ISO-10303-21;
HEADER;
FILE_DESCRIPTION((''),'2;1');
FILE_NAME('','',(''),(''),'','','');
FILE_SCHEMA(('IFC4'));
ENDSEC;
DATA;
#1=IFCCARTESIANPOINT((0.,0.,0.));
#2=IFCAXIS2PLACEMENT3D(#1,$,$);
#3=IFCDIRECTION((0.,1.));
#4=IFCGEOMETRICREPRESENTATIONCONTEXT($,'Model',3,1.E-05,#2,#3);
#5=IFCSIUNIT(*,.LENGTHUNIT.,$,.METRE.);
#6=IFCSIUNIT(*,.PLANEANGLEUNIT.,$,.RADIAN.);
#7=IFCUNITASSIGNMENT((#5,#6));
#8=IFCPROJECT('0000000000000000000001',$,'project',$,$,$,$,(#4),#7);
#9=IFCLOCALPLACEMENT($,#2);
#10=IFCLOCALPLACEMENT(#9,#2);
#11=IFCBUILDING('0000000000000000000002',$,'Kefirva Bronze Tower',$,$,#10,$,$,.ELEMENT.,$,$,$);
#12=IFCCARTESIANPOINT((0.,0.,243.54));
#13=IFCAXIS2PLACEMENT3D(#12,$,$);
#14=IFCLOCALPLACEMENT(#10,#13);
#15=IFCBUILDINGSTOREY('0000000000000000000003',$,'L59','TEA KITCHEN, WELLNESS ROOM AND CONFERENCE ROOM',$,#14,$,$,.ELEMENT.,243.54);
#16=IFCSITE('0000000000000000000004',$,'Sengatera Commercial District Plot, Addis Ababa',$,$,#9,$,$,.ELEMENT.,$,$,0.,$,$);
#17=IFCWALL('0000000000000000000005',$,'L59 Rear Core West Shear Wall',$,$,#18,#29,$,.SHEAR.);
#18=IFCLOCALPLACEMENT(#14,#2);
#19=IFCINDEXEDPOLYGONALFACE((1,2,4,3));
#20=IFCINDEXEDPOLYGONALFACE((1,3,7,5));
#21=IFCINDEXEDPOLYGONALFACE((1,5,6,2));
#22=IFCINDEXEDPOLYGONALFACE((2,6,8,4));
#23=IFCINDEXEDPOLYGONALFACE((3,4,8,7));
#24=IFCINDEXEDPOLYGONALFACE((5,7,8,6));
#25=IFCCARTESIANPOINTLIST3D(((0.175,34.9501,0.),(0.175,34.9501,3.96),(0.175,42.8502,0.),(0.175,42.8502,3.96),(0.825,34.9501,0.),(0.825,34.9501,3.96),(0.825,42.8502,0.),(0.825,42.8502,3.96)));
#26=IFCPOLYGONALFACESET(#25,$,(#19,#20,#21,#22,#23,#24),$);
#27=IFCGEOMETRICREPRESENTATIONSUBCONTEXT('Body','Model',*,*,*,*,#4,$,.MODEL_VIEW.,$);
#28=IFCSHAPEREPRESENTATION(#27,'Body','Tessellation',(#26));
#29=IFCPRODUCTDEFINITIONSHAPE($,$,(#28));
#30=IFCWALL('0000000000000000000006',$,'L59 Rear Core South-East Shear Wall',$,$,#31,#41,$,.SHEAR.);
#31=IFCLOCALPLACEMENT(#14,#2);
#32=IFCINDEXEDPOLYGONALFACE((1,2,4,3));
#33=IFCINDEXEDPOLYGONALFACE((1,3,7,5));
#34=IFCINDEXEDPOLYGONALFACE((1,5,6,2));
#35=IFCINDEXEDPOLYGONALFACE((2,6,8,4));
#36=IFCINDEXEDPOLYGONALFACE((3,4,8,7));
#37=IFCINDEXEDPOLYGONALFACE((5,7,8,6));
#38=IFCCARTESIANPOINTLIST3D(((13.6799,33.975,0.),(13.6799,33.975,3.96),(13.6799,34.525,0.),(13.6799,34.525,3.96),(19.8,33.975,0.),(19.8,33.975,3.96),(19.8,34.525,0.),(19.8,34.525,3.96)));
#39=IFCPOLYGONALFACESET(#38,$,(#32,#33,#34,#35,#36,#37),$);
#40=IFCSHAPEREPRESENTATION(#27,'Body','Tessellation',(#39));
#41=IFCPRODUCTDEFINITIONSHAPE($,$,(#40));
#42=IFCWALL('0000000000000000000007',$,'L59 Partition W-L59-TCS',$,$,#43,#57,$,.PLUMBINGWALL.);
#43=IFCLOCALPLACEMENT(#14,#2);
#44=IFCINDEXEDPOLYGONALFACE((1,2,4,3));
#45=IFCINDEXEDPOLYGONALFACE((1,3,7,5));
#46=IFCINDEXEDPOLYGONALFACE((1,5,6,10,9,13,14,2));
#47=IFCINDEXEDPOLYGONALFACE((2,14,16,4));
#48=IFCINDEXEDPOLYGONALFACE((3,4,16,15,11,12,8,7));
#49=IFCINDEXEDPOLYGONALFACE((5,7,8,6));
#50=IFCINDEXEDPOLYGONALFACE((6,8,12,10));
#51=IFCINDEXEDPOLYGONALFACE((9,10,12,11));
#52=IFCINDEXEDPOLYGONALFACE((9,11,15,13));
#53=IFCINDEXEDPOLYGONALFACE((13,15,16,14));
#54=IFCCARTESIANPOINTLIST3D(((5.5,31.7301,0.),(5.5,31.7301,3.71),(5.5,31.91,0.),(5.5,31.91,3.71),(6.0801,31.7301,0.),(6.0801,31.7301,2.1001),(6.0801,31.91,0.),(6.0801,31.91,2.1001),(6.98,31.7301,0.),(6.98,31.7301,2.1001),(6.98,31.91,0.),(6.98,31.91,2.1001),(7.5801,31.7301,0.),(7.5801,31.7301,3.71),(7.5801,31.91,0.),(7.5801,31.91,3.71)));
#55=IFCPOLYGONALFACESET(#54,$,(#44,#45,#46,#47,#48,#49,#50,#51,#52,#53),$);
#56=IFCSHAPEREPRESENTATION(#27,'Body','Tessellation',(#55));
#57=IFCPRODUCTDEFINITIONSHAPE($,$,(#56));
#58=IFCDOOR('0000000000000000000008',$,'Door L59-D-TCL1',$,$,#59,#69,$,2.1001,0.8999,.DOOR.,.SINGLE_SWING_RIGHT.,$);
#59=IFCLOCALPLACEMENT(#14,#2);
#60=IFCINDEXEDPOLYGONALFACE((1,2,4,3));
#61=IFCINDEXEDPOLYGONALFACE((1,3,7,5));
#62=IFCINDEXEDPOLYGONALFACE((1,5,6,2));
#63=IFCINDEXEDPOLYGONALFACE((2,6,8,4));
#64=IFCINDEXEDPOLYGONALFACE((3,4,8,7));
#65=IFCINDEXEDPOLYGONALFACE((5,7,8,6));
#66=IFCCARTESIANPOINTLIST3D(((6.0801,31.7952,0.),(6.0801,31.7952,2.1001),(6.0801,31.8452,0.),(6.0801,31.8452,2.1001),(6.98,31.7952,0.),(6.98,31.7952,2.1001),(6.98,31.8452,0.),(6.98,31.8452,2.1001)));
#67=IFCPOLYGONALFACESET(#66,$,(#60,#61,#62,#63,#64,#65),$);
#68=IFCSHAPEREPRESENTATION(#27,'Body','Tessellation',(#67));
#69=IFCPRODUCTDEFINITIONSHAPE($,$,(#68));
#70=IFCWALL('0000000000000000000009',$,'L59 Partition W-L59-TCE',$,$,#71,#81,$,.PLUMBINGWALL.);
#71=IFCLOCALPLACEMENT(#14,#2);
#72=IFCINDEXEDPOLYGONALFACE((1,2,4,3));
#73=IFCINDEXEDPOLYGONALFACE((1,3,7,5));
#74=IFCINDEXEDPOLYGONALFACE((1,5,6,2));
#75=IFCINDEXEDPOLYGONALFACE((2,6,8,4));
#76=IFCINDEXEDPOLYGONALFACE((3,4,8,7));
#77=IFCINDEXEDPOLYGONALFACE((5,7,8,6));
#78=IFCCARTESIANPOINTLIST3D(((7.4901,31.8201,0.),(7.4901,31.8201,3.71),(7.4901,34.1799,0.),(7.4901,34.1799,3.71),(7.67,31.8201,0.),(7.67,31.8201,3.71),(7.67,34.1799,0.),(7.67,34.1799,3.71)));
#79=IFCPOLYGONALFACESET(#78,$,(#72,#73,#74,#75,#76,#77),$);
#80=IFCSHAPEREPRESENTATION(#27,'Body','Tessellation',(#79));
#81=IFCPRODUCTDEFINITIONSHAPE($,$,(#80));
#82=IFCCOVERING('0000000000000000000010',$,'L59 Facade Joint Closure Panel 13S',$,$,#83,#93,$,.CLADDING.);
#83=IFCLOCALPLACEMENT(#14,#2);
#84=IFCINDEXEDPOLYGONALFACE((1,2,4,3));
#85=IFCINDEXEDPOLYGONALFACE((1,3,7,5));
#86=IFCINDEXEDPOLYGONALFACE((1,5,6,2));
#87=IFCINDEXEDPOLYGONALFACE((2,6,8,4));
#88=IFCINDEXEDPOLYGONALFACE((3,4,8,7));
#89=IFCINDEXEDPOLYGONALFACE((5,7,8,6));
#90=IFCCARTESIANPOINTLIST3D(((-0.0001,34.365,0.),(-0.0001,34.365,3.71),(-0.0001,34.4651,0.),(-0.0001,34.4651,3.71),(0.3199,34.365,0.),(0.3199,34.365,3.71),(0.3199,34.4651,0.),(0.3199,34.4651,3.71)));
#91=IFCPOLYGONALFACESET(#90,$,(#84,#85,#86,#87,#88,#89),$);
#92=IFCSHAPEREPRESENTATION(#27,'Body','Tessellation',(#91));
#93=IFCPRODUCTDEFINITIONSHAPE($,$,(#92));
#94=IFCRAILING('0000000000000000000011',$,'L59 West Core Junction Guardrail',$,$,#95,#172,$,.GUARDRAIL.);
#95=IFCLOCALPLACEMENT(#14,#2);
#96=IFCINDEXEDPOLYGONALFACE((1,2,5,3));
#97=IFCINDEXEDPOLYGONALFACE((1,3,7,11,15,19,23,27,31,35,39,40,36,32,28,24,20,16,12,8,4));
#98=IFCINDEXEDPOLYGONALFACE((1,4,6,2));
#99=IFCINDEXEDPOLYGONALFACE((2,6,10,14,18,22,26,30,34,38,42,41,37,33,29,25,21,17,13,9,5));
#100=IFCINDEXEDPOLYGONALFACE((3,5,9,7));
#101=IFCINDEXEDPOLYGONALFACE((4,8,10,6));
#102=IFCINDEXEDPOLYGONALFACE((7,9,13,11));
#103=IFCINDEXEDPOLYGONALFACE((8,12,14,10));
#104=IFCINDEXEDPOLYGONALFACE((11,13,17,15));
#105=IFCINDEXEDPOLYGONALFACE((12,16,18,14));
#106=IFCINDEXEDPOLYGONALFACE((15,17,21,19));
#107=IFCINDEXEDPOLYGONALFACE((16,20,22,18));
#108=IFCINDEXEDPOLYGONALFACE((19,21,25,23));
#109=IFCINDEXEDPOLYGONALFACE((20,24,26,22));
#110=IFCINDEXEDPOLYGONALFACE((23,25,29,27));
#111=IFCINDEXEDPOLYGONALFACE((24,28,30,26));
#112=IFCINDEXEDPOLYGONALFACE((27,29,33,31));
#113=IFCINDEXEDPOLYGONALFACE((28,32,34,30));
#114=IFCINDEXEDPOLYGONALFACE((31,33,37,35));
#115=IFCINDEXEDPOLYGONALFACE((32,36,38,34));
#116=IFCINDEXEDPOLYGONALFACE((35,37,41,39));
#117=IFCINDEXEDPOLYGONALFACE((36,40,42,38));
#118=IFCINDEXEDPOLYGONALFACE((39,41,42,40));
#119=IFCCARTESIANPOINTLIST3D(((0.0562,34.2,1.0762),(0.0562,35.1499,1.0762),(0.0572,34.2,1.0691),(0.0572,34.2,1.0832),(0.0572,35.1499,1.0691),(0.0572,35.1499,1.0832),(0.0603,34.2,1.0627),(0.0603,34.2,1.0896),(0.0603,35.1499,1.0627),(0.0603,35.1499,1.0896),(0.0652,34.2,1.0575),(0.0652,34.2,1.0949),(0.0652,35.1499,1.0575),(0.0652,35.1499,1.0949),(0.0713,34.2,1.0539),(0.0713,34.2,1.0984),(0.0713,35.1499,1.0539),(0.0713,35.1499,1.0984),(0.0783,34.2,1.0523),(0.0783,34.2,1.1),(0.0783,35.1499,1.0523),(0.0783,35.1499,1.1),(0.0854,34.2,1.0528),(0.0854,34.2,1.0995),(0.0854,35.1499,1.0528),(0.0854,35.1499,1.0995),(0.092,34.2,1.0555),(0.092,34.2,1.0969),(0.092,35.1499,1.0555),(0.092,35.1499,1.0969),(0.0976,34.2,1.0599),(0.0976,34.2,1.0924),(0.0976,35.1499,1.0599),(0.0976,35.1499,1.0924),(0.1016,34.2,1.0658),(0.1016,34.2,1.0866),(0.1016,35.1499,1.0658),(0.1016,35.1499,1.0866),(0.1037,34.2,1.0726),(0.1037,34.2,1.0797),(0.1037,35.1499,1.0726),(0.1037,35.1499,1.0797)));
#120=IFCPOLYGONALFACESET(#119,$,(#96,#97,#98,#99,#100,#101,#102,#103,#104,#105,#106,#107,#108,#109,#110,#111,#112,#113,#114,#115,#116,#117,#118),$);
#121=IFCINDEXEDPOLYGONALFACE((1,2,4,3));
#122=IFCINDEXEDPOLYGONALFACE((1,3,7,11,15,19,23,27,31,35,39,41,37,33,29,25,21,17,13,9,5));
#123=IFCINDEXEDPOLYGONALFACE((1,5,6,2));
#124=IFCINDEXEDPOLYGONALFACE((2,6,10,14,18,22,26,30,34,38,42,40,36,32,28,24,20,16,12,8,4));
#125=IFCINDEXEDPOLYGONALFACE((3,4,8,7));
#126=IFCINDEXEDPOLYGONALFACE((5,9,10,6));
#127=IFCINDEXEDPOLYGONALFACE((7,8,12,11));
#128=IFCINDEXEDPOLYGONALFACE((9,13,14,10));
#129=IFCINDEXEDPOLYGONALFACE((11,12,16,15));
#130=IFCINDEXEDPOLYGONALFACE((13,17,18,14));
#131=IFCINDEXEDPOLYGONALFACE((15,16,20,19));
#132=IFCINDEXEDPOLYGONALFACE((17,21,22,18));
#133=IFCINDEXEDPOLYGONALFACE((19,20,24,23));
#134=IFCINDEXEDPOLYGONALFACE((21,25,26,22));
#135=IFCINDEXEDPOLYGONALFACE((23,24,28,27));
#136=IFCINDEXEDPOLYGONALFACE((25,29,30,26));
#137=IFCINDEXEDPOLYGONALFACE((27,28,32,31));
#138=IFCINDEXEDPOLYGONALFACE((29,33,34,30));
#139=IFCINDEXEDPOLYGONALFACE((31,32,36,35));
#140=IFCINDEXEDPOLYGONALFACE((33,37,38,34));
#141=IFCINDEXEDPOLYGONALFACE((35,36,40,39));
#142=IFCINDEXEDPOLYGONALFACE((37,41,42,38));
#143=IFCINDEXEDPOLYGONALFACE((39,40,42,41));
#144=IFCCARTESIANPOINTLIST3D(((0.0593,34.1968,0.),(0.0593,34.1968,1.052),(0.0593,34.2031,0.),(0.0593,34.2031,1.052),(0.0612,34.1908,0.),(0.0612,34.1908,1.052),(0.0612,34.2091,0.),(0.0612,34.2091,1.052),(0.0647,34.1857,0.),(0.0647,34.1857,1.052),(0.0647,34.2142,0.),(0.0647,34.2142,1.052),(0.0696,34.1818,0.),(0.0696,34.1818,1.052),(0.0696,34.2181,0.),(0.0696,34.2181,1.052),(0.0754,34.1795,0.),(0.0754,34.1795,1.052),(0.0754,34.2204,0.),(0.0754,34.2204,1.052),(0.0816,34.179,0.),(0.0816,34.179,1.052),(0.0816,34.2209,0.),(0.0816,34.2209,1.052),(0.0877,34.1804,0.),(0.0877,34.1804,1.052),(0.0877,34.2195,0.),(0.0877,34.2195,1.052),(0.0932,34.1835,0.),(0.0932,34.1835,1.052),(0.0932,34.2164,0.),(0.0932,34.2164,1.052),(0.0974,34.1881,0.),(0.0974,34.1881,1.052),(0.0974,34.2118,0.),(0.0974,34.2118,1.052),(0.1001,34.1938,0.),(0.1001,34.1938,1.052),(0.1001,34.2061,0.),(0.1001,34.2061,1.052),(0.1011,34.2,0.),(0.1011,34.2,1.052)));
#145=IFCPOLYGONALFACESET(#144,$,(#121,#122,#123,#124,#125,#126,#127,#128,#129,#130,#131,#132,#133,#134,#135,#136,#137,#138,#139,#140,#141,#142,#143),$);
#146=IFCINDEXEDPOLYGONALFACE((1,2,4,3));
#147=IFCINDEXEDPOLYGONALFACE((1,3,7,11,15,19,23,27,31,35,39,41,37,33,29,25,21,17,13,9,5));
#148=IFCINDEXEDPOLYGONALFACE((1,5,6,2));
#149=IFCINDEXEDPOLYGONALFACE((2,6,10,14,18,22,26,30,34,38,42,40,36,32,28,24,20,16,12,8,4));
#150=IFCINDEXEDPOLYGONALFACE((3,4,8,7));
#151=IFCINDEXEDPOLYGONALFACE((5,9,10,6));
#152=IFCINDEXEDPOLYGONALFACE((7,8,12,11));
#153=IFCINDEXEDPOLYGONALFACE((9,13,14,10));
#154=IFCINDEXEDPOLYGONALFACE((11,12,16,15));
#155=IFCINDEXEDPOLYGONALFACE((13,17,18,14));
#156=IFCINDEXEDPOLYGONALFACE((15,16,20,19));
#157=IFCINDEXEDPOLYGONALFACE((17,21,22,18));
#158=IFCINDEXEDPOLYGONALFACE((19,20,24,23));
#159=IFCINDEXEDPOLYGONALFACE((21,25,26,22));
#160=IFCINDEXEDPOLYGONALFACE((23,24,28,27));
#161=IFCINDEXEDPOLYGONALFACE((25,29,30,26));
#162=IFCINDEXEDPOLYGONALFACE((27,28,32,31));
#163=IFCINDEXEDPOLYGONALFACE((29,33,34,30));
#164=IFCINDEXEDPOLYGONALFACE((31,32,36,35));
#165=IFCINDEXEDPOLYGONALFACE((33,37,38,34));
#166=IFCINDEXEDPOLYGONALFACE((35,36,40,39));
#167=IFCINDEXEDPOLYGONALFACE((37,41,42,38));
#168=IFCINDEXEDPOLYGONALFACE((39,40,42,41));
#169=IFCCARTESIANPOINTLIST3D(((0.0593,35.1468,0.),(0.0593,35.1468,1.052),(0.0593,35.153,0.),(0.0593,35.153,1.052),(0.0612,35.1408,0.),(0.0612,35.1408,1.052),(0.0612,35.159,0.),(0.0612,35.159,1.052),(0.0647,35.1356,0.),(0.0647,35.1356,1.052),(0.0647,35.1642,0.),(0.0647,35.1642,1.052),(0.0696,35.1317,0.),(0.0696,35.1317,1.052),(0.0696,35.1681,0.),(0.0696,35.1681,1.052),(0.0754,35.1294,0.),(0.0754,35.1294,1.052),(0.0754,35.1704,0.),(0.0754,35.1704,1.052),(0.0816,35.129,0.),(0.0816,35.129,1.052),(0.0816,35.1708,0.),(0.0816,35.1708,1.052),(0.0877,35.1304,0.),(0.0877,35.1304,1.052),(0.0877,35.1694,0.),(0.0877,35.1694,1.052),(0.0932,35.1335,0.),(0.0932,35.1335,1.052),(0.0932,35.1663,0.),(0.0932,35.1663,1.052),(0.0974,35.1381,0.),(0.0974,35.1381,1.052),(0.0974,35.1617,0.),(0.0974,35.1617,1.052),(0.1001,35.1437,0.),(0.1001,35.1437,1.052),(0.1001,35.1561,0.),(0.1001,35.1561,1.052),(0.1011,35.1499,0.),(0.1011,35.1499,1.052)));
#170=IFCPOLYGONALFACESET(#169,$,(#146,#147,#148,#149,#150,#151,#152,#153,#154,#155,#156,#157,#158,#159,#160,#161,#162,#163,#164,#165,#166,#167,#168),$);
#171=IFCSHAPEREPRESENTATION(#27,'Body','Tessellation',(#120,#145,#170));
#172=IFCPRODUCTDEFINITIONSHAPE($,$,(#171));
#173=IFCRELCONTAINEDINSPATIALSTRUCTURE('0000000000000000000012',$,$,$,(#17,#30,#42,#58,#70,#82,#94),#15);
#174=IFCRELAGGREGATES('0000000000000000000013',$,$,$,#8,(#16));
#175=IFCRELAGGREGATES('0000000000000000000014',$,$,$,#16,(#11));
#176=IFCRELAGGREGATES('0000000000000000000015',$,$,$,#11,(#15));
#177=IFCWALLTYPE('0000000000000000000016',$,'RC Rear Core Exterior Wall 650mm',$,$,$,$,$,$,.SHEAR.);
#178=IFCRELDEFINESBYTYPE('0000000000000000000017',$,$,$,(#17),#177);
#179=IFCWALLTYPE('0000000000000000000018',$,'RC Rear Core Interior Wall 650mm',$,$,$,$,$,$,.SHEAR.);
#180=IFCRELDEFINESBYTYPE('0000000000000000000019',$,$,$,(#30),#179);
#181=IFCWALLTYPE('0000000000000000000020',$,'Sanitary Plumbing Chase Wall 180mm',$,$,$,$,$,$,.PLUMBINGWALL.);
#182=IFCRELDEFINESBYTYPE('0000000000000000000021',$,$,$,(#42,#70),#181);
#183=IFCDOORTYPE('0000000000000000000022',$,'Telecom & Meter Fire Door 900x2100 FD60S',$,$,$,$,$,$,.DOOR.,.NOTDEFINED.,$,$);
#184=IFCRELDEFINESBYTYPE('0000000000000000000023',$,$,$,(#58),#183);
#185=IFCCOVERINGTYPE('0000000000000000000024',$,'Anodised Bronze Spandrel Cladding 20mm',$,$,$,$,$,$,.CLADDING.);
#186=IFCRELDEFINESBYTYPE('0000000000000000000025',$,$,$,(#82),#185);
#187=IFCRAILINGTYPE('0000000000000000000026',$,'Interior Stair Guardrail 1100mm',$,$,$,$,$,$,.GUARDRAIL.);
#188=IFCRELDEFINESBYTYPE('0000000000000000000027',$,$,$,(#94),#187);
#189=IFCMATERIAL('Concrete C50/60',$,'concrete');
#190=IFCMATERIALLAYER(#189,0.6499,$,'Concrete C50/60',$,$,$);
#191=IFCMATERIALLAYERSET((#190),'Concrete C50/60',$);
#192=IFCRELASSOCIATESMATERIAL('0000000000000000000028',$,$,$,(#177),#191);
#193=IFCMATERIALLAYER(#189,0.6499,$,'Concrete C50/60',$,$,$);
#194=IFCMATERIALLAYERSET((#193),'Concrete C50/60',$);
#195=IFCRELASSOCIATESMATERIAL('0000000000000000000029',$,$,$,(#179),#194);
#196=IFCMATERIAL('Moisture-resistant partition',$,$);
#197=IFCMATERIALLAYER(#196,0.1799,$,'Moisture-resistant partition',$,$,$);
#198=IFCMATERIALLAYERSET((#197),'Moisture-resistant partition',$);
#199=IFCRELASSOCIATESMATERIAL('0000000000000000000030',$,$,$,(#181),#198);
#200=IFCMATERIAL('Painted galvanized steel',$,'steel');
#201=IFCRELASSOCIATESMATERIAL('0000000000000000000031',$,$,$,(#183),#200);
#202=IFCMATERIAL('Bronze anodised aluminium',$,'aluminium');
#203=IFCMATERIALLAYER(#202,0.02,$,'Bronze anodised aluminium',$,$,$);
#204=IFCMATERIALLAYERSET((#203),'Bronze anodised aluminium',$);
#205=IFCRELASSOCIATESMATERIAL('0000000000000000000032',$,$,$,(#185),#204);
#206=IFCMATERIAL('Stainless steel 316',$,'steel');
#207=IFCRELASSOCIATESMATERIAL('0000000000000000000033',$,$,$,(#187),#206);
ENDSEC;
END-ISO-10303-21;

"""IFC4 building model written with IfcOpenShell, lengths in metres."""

from ifc_helpers import new_model, si_unit, direction, frame, frame_2d, origin, origin_2d, place, context, subcontext, project, spatial, rectangle, circle, extrude, material, layer, layer_set, type_object, element, fill, save


model = new_model("IFC4")

# Units and contexts
model_context = context("Model", 3, precision=1e-05, world=origin(), true_north=direction((0.0, 1.0)))
body_context = subcontext(model_context, "Body", "Model", "MODEL_VIEW")
ifc_project = project(units=[si_unit("LENGTHUNIT", "METRE"), si_unit("PLANEANGLEUNIT", "RADIAN")], contexts=[model_context])

# Site, building, storey
site_placement = place(None, origin())
site = spatial("IfcSite", under=ifc_project, at=site_placement, Name="Sengatera Commercial District Plot, Addis Ababa", CompositionType="ELEMENT", RefElevation=0.0)
building_placement = place(site_placement, origin())
building = spatial("IfcBuilding", under=site, at=building_placement, Name="Kefirva Bronze Tower", CompositionType="ELEMENT")
storey_placement = place(building_placement, frame((0.0, 0.0, 243.54)))
storey = spatial("IfcBuildingStorey", under=building, at=storey_placement, Name="L59", Description="TEA KITCHEN, WELLNESS ROOM AND CONFERENCE ROOM", CompositionType="ELEMENT", Elevation=243.54)

# Shared definitions
ifc_material_1 = material(Name="Concrete C50/60", Category="concrete")

# Wall
ifc_layer_1 = layer(ifc_material_1, 0.6499, Name="Concrete C50/60")
ifc_layer_set_1 = layer_set([ifc_layer_1], Name="Concrete C50/60")
wall_type_1 = type_object("IfcWallType", Name="RC Rear Core Exterior Wall 650mm", PredefinedType="SHEAR", material=ifc_layer_set_1)
wall_1_placement = place(storey_placement, frame((0.5, 34.95, 0.0), z_axis=(0.0, 0.0, 1.0), x_axis=(0.0, 1.0, 0.0)))
element("IfcWall", 1, at=wall_1_placement, inside=storey, type_object=wall_type_1, Name="L59 Rear Core West Shear Wall", PredefinedType="SHEAR", context=body_context, shape_type="SweptSolid", body=[
    extrude(rectangle(XDim=7.9001, YDim=0.6499, at=frame_2d((3.9502, 0.0))), origin(), (0.0, 0.0, 1.0), 3.96),
])

# Shared definitions
ifc_layer_2 = layer(ifc_material_1, 0.6499, Name="Concrete C50/60")
ifc_layer_set_2 = layer_set([ifc_layer_2], Name="Concrete C50/60")
wall_type_2 = type_object("IfcWallType", Name="RC Rear Core Interior Wall 650mm", PredefinedType="SHEAR", material=ifc_layer_set_2)
ifc_material_2 = material(Name="Painted galvanized steel", Category="steel")

# Wall
wall_2_placement = place(storey_placement, frame((13.6799, 34.25, 0.0), z_axis=(0.0, 0.0, 1.0), x_axis=(1.0, 0.0, 0.0)))
element("IfcWall", 2, at=wall_2_placement, inside=storey, type_object=wall_type_2, Name="L59 Rear Core South-East Shear Wall", PredefinedType="SHEAR", context=body_context, shape_type="SweptSolid", body=[
    extrude(rectangle(XDim=6.1201, YDim=0.55, at=frame_2d((3.0601, 0.0))), origin(), (0.0, 0.0, 1.0), 3.96),
])

# Wall, opening, door
ifc_material_3 = material(Name="Moisture-resistant partition")
ifc_layer_3 = layer(ifc_material_3, 0.1799, Name="Moisture-resistant partition")
ifc_layer_set_3 = layer_set([ifc_layer_3], Name="Moisture-resistant partition")
wall_type_3 = type_object("IfcWallType", Name="Sanitary Plumbing Chase Wall 180mm", PredefinedType="PLUMBINGWALL", material=ifc_layer_set_3)
wall_3_placement = place(storey_placement, frame((5.5, 31.8201, 0.0), z_axis=(0.0, 0.0, 1.0), x_axis=(1.0, 0.0, 0.0)))
wall_3 = element("IfcWall", 3, at=wall_3_placement, inside=storey, type_object=wall_type_3, Name="L59 Partition W-L59-TCS", PredefinedType="PLUMBINGWALL", context=body_context, shape_type="SweptSolid", body=[
    extrude(rectangle(XDim=2.0801, YDim=0.1799, at=frame_2d((1.04, 0.0))), origin(), (0.0, 0.0, 1.0), 3.71),
])
opening_1_placement = place(wall_3_placement, frame((1.48, 0.0, 0.0), z_axis=(0.0, 0.0, 1.0), x_axis=(-1.0, 0.0, 0.0)))
opening_1 = element("IfcOpeningElement", 4, at=opening_1_placement, cuts=wall_3, PredefinedType="OPENING", context=body_context, shape_type="SweptSolid", body=[
    extrude(rectangle(XDim=0.8999, YDim=2.1001, at=frame_2d((0.45, 1.05))), frame((0.0, 0.1001, 0.0), z_axis=(0.0, -1.0, 0.0), x_axis=(1.0, 0.0, 0.0)), (0.0, 0.0, 1.0), 0.2),
])
door_type_1 = type_object("IfcDoorType", Name="Telecom & Meter Fire Door 900x2100 FD60S", OperationType="NOTDEFINED", PredefinedType="DOOR", material=ifc_material_2)
door_1_placement = place(opening_1_placement, origin())
door_1 = element("IfcDoor", 5, at=door_1_placement, inside=storey, type_object=door_type_1, Name="Door L59-D-TCL1", OperationType="SINGLE_SWING_RIGHT", OverallHeight=2.1001, OverallWidth=0.8999, PredefinedType="DOOR", context=body_context, shape_type="SweptSolid", body=[
    extrude(rectangle(XDim=0.8999, YDim=2.1001, at=frame_2d((0.45, 1.05))), frame((0.0, 0.0249, 0.0), z_axis=(0.0, -1.0, 0.0), x_axis=(1.0, 0.0, 0.0)), (0.0, 0.0, 1.0), 0.05),
])
fill(opening_1, door_1)

# Wall
wall_4_placement = place(storey_placement, frame((7.5801, 31.8201, 0.0), z_axis=(0.0, 0.0, 1.0), x_axis=(0.0, 1.0, 0.0)))
element("IfcWall", 6, at=wall_4_placement, inside=storey, type_object=wall_type_3, Name="L59 Partition W-L59-TCE", PredefinedType="PLUMBINGWALL", context=body_context, shape_type="SweptSolid", body=[
    extrude(rectangle(XDim=2.3599, YDim=0.1799, at=frame_2d((1.1799, 0.0))), origin(), (0.0, 0.0, 1.0), 3.71),
])

# Covering
ifc_material_4 = material(Name="Bronze anodised aluminium", Category="aluminium")
ifc_layer_4 = layer(ifc_material_4, 0.02, Name="Bronze anodised aluminium")
ifc_layer_set_4 = layer_set([ifc_layer_4], Name="Bronze anodised aluminium")
covering_type = type_object("IfcCoveringType", Name="Anodised Bronze Spandrel Cladding 20mm", PredefinedType="CLADDING", material=ifc_layer_set_4)
covering_placement = place(storey_placement, frame((0.1599, 34.415, 0.0), z_axis=(0.0, 0.0, 1.0), x_axis=(0.0, -1.0, 0.0)))
element("IfcCovering", 7, at=covering_placement, inside=storey, type_object=covering_type, Name="L59 Facade Joint Closure Panel 13S", PredefinedType="CLADDING", context=body_context, shape_type="SweptSolid", body=[
    extrude(rectangle(XDim=0.1001, YDim=0.3201, at=origin_2d()), origin(), (0.0, 0.0, 1.0), 3.71),
])

# Railing
ifc_material_5 = material(Name="Stainless steel 316", Category="steel")
railing_type = type_object("IfcRailingType", Name="Interior Stair Guardrail 1100mm", PredefinedType="GUARDRAIL", material=ifc_material_5)
railing_placement = place(storey_placement, frame((0.0801, 34.2, 0.0)))
element("IfcRailing", 8, at=railing_placement, inside=storey, type_object=railing_type, Name="L59 West Core Junction Guardrail", PredefinedType="GUARDRAIL", context=body_context, shape_type="SweptSolid", body=[
    extrude(circle(Radius=0.0239, at=origin_2d()), frame((0.0, 0.0, 1.0762), z_axis=(0.0, 1.0, 0.0), x_axis=(-1.0, 0.0, 0.0)), (0.0, 0.0, 1.0), 0.95),
    extrude(circle(Radius=0.021, at=origin_2d()), origin(), (0.0, 0.0, 1.0), 1.052),
    extrude(circle(Radius=0.021, at=origin_2d()), frame((0.0, 0.95, 0.0)), (0.0, 0.0, 1.0), 1.052),
])

save(model, "model.ifc")
